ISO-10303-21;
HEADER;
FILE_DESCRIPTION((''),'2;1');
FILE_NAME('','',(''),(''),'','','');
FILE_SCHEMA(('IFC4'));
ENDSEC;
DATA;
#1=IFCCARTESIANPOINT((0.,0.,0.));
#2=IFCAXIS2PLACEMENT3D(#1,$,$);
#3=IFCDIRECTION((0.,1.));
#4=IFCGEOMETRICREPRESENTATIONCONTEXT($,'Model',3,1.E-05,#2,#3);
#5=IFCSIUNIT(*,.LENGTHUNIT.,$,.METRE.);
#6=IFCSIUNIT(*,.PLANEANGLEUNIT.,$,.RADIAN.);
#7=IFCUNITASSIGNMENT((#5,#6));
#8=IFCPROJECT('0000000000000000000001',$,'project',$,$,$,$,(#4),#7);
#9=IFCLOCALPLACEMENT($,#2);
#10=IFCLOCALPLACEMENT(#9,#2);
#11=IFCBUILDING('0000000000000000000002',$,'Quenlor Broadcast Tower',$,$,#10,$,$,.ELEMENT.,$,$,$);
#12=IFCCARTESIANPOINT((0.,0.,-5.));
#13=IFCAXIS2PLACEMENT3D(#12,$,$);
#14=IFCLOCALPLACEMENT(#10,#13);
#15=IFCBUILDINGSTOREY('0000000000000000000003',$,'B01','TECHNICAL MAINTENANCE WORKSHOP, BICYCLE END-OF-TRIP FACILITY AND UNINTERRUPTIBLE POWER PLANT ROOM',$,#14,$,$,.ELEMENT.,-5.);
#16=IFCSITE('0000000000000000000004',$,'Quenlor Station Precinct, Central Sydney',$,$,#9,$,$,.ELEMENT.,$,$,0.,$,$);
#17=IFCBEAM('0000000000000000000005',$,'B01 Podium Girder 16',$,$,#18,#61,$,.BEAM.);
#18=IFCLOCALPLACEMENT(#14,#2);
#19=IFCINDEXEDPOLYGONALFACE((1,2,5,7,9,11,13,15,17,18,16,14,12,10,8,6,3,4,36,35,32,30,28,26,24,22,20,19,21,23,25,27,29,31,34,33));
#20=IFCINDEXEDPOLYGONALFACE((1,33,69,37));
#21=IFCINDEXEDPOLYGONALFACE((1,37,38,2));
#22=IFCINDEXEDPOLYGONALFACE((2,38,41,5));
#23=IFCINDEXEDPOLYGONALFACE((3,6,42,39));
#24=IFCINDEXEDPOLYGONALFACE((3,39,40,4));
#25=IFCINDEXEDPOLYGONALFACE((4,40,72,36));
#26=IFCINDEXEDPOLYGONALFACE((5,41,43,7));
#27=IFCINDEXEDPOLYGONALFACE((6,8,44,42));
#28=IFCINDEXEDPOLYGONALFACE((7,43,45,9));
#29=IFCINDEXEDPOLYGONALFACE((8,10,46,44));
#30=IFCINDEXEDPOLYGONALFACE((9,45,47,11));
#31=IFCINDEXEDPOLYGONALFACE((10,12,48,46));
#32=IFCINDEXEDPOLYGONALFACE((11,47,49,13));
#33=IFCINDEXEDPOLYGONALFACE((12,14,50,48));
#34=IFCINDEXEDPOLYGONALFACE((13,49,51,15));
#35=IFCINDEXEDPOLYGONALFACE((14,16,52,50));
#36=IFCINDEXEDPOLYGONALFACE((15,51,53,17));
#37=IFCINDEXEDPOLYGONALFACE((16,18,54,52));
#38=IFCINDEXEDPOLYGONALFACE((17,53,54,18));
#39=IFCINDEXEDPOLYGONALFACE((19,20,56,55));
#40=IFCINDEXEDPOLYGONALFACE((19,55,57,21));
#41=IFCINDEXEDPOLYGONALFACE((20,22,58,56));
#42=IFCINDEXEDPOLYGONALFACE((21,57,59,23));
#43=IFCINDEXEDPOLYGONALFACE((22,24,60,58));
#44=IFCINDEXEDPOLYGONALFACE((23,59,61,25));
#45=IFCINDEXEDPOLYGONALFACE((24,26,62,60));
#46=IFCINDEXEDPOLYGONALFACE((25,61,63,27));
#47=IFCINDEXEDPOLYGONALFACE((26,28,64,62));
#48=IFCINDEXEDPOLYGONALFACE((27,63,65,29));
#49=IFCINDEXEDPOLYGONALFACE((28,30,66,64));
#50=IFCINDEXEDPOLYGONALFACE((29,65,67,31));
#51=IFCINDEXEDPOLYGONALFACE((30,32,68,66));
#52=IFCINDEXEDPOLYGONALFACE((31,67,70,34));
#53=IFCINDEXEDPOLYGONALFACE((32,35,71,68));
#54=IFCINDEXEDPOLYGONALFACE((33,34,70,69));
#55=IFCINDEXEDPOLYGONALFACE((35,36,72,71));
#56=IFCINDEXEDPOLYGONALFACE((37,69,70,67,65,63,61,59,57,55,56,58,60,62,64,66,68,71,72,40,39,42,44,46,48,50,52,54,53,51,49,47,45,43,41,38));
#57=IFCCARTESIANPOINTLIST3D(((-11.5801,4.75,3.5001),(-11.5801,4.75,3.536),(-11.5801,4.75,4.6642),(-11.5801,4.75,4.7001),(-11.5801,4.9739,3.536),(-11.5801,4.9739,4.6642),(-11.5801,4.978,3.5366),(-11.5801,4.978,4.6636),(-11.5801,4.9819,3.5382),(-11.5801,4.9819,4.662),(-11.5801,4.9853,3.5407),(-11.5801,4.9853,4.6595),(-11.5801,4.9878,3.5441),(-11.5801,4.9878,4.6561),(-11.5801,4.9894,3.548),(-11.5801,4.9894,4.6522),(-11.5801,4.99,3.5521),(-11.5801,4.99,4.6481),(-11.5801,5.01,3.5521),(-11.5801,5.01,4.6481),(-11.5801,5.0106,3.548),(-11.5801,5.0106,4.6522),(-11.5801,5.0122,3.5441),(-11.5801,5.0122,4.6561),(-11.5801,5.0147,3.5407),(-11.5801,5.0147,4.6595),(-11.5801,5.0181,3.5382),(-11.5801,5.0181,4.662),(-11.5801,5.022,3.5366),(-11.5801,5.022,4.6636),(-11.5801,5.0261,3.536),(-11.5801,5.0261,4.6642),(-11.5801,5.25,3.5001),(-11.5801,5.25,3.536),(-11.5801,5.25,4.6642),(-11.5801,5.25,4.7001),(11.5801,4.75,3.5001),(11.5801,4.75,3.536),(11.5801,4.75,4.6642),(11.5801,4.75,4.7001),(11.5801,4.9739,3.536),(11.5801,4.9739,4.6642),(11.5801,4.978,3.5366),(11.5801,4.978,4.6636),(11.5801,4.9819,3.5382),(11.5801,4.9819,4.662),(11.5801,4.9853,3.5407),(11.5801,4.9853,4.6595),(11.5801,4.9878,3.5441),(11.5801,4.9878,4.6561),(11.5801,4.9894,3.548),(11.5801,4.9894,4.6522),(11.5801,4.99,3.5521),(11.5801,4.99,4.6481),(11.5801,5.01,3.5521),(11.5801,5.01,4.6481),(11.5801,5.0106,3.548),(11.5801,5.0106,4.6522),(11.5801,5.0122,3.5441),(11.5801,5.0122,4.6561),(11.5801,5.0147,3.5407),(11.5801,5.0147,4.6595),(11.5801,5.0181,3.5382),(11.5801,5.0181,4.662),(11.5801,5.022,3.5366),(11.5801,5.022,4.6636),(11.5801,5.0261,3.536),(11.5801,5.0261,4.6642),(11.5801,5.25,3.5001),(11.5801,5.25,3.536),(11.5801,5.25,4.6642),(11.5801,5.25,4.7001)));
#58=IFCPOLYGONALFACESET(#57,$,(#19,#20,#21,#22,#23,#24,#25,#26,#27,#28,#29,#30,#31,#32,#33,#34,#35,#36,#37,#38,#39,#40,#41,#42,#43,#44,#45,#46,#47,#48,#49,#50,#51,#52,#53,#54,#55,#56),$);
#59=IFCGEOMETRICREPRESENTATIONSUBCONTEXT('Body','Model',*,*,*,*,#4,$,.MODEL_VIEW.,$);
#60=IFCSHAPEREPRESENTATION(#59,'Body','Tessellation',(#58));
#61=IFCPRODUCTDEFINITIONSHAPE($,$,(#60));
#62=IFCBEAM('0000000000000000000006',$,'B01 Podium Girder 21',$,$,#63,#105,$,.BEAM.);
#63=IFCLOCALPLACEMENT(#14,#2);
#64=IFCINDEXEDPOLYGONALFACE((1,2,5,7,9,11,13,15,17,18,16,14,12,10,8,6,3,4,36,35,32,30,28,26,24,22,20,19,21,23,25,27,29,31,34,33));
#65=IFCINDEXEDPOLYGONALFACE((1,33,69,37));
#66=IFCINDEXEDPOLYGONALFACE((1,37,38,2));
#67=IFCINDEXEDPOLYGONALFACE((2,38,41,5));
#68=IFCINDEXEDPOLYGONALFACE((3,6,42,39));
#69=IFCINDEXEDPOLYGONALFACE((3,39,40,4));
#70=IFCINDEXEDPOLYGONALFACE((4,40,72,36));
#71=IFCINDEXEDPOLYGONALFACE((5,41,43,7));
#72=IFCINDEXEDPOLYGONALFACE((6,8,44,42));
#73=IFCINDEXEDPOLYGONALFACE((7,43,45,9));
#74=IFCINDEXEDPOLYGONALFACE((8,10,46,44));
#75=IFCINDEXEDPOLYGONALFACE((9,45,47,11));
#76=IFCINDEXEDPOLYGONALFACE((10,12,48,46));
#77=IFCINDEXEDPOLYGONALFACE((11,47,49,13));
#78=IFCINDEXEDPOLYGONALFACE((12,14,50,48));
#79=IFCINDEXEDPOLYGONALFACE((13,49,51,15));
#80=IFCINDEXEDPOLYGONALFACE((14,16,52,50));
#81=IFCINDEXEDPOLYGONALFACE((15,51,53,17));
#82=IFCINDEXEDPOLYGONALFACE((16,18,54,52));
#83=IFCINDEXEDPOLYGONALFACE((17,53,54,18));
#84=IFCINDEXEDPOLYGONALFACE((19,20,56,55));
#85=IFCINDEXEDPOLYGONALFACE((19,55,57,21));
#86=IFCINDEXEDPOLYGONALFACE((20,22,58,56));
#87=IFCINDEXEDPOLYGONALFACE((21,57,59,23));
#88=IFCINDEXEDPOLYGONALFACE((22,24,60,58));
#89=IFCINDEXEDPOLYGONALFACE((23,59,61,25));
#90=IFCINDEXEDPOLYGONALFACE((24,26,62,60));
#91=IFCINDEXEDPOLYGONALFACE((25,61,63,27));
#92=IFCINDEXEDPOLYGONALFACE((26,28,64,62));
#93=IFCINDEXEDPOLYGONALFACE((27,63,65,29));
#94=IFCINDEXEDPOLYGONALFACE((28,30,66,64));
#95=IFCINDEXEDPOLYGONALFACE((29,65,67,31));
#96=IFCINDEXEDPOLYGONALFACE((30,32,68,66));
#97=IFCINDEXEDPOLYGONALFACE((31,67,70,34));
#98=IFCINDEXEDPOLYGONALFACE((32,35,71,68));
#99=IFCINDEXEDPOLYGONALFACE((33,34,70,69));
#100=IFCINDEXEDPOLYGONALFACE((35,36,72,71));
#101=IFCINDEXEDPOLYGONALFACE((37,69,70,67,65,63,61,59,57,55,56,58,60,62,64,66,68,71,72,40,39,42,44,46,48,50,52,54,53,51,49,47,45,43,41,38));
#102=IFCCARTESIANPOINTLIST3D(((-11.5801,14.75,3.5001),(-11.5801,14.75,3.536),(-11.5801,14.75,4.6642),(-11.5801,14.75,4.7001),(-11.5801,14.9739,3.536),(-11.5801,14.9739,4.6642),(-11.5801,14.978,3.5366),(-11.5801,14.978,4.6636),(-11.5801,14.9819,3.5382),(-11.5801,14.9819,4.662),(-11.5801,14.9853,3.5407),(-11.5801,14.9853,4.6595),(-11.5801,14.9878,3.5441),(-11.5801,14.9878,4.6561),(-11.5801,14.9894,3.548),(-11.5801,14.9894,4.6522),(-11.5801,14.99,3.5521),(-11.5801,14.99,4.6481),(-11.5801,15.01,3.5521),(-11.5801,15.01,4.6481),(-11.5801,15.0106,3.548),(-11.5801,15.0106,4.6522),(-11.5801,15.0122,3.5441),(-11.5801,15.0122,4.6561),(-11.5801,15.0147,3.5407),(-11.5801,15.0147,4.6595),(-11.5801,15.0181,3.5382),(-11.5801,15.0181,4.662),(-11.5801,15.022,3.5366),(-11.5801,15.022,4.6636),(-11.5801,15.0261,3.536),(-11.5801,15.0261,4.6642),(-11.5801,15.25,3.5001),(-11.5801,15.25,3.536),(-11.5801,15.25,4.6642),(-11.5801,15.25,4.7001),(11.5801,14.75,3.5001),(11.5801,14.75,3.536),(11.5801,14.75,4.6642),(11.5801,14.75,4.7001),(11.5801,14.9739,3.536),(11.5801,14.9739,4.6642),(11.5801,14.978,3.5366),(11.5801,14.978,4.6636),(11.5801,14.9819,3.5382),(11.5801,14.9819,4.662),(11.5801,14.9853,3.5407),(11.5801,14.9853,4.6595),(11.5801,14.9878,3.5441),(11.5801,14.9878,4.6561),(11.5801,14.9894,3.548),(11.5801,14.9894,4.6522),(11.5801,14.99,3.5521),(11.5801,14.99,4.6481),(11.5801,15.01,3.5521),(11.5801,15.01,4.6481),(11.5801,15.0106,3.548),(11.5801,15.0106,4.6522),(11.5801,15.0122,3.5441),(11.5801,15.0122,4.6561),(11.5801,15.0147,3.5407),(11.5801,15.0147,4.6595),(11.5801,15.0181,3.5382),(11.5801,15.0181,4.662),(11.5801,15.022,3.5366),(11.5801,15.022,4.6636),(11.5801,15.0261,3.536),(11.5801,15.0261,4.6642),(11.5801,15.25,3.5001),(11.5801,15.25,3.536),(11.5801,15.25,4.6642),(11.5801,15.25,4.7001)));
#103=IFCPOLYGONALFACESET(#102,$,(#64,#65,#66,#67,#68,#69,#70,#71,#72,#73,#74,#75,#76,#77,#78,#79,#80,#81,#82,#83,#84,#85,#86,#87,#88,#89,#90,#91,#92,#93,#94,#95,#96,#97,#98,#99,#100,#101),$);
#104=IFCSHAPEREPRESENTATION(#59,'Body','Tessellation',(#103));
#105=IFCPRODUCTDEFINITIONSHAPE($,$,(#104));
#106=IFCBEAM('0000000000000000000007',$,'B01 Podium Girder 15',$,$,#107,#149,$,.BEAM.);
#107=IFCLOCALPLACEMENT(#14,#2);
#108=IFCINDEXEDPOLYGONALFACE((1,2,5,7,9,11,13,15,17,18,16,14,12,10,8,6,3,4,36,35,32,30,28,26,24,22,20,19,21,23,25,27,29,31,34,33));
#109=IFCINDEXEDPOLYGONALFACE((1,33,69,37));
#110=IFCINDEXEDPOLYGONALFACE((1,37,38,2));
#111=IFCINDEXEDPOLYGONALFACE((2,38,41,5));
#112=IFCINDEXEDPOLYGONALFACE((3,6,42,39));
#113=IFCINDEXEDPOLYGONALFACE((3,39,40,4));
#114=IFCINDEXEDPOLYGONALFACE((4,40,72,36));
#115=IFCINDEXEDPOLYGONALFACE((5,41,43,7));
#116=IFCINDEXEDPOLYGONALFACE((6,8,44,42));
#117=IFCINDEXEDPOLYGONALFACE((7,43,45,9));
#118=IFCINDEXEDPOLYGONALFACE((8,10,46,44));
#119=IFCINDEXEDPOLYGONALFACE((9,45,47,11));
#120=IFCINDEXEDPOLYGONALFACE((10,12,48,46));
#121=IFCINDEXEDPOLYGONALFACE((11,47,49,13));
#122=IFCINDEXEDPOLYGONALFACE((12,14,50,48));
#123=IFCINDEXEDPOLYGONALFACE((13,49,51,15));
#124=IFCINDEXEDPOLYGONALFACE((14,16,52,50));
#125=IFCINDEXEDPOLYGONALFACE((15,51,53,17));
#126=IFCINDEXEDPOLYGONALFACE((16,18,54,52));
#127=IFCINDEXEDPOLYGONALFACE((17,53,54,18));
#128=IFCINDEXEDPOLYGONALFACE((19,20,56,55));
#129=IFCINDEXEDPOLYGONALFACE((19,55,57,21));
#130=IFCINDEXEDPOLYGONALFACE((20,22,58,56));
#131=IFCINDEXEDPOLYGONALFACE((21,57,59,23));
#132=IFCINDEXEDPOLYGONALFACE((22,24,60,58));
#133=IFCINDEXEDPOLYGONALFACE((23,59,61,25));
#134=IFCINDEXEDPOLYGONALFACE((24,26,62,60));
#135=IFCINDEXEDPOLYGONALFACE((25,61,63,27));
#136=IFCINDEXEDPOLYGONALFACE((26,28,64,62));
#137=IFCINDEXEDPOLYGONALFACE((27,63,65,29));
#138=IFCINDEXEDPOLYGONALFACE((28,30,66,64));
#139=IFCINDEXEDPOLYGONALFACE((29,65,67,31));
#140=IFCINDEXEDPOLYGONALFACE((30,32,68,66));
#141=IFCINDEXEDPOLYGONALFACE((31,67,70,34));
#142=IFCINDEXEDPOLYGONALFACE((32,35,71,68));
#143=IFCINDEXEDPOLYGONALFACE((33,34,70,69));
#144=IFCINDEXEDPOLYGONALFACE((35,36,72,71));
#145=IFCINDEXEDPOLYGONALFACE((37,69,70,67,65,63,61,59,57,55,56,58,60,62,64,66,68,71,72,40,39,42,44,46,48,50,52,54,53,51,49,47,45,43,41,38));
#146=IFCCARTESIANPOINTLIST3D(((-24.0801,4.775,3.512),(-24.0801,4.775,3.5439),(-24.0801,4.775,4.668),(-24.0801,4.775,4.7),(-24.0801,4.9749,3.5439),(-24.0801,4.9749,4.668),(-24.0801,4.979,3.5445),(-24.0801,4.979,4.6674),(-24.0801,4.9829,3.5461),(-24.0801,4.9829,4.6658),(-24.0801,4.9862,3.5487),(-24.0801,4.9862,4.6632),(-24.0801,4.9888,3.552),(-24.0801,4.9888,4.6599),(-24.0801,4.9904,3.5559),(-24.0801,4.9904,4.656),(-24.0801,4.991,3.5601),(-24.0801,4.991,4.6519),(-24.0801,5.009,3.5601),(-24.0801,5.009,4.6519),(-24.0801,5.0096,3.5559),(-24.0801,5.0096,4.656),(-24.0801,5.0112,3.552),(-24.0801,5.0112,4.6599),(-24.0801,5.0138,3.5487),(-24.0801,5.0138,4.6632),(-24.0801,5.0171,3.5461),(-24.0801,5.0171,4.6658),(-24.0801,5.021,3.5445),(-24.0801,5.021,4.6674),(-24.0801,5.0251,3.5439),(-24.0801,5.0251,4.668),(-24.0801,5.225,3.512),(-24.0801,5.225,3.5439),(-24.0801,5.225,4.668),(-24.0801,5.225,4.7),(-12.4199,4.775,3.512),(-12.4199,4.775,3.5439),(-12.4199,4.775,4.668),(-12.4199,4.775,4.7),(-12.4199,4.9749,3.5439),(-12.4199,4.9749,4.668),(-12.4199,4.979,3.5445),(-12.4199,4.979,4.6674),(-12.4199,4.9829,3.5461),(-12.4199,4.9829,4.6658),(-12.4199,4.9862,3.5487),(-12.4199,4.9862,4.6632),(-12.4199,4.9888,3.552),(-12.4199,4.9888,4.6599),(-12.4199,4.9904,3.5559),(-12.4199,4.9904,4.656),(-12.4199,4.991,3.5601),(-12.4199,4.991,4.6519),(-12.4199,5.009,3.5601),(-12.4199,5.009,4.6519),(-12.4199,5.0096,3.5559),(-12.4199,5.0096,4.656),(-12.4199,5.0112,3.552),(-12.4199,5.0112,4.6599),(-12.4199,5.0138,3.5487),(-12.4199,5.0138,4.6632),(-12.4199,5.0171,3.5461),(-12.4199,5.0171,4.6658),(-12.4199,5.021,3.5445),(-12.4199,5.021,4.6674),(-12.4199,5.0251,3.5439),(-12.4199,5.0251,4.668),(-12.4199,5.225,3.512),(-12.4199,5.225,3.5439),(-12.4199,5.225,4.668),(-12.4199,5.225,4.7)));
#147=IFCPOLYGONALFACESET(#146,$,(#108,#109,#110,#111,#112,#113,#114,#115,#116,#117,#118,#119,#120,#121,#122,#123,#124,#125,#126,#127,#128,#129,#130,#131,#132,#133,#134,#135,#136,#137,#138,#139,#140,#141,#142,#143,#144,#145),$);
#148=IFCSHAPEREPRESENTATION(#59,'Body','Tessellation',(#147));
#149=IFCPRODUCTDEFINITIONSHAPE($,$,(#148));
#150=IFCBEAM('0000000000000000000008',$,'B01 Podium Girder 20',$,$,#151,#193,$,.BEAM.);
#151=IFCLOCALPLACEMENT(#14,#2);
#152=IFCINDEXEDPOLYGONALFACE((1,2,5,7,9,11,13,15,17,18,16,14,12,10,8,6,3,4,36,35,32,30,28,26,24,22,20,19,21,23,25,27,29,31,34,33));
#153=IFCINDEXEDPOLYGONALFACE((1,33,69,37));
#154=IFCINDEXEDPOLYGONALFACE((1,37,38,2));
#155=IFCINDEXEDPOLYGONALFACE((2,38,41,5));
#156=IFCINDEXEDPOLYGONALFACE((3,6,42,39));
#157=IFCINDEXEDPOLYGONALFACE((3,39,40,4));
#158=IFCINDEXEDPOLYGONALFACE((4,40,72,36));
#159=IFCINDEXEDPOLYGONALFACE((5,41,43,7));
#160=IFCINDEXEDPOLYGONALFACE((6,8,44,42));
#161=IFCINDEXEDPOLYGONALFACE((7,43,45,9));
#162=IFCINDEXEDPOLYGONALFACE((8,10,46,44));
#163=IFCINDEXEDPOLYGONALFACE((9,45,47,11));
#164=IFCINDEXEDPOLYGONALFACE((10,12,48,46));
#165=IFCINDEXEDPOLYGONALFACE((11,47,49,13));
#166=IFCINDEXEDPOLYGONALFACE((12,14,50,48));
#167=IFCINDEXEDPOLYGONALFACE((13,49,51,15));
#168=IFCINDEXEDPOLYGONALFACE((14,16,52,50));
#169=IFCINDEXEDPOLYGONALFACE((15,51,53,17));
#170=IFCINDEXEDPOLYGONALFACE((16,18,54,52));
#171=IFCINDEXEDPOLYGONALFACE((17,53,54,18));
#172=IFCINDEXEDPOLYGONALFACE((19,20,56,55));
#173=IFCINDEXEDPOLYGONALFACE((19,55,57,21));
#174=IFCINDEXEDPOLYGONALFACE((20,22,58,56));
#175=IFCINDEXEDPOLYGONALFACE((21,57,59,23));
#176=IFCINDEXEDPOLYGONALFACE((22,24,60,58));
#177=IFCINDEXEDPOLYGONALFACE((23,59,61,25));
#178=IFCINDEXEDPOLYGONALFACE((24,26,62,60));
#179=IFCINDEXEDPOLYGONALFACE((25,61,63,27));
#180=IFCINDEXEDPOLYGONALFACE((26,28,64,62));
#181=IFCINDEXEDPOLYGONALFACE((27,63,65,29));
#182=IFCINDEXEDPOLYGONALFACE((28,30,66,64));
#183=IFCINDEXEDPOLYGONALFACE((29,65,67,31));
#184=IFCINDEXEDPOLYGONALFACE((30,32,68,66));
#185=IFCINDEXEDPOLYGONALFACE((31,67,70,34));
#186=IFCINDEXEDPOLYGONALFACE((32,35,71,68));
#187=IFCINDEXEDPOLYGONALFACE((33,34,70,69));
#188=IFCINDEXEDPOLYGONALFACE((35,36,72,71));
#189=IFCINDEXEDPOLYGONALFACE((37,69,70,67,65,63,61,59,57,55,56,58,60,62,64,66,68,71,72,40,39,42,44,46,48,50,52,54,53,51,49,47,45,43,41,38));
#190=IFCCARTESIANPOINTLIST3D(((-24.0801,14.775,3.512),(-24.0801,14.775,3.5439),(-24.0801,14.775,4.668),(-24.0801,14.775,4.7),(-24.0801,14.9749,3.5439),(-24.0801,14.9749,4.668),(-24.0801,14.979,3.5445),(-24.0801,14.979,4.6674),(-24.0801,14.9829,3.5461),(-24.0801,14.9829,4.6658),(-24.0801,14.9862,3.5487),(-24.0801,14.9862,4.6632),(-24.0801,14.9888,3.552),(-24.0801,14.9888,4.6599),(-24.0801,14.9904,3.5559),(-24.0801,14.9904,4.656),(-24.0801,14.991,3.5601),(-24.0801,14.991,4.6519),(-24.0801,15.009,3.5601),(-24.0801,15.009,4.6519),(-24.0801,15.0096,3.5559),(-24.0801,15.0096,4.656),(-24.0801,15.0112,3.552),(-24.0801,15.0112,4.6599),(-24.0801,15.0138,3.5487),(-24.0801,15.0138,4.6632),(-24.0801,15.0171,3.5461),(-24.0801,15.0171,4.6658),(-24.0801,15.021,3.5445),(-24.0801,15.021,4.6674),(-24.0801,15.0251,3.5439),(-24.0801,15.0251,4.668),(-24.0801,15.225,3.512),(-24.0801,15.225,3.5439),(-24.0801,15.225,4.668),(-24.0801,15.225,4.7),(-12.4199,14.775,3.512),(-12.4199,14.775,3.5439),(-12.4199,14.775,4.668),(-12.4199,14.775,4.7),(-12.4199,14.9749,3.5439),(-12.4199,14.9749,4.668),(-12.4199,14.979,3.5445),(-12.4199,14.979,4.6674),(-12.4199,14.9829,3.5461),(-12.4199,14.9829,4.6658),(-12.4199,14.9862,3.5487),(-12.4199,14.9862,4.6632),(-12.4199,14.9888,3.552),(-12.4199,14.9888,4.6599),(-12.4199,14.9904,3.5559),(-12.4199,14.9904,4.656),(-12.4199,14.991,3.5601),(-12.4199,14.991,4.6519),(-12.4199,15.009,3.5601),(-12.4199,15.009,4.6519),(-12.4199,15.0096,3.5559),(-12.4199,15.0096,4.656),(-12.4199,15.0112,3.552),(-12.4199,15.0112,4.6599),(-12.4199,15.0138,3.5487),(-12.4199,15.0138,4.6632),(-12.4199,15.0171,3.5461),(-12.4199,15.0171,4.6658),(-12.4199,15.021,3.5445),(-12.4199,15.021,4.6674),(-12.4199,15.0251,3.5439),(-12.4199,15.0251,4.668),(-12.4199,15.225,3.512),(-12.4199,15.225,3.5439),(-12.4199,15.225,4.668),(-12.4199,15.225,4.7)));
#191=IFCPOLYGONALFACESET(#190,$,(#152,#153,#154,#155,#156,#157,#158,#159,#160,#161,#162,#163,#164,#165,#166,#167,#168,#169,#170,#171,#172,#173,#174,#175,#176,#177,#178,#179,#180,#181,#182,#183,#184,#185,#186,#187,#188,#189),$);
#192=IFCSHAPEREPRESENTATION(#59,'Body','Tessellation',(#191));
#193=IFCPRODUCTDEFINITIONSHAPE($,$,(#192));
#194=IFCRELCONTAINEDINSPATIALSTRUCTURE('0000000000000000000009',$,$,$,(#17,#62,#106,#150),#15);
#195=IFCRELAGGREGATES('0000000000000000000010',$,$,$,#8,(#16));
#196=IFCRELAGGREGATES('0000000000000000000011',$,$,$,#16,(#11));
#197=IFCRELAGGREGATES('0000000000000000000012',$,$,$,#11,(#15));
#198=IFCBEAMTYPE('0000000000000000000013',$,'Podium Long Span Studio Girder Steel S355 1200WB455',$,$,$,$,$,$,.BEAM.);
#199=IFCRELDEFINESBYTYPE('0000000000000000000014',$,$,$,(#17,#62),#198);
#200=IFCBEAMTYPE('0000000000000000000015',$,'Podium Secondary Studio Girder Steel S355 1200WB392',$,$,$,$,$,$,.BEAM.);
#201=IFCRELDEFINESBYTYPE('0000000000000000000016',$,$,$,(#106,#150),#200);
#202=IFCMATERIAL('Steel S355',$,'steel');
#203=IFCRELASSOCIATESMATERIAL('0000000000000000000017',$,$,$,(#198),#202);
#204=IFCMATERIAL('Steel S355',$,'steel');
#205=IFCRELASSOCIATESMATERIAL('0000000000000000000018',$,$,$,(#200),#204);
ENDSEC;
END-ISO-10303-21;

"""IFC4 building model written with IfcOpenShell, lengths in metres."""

from ifc_helpers import new_model, si_unit, direction, frame, origin, origin_2d, place, context, subcontext, project, spatial, i_section, extrude, material, material_profile, profile_set, type_object, element, save


model = new_model("IFC4")

# Units and contexts
model_context = context("Model", 3, precision=1e-05, world=origin(), true_north=direction((0.0, 1.0)))
body_context = subcontext(model_context, "Body", "Model", "MODEL_VIEW")
ifc_project = project(units=[si_unit("LENGTHUNIT", "METRE"), si_unit("PLANEANGLEUNIT", "RADIAN")], contexts=[model_context])

# Site, building, storey
site_placement = place(None, origin())
site = spatial("IfcSite", under=ifc_project, at=site_placement, Name="Quenlor Station Precinct, Central Sydney", CompositionType="ELEMENT", RefElevation=0.0)
building_placement = place(site_placement, origin())
building = spatial("IfcBuilding", under=site, at=building_placement, Name="Quenlor Broadcast Tower", CompositionType="ELEMENT")
storey_placement = place(building_placement, frame((0.0, 0.0, -5.0)))
storey = spatial("IfcBuildingStorey", under=building, at=storey_placement, Name="B01", Description="TECHNICAL MAINTENANCE WORKSHOP, BICYCLE END-OF-TRIP FACILITY AND UNINTERRUPTIBLE POWER PLANT ROOM", CompositionType="ELEMENT", Elevation=-5.0)

# Beams
ifc_material_1 = material(Name="Steel S355", Category="steel")
ifc_material_profile_1 = material_profile(ifc_material_1, i_section(OverallWidth=0.5, OverallDepth=1.2, WebThickness=0.02, FlangeThickness=0.0359, FilletRadius=0.0161, at=origin_2d()))
ifc_profile_set_1 = profile_set([ifc_material_profile_1], Name="Steel S355 1200WB455")
beam_type_1 = type_object("IfcBeamType", Name="Podium Long Span Studio Girder Steel S355 1200WB455", PredefinedType="BEAM", material=ifc_profile_set_1)
for number, where, z_axis, x_axis, name in (
    (1, (-11.5801, 5.0, 4.1001), (1.0, 0.0, 0.0), (0.0, 1.0, 0.0), "B01 Podium Girder 16"),
    (2, (-11.5801, 15.0, 4.1001), (1.0, 0.0, 0.0), (0.0, 1.0, 0.0), "B01 Podium Girder 21"),
):
    element("IfcBeam", number, at=place(storey_placement, frame(where, z_axis=z_axis, x_axis=x_axis)), inside=storey, type_object=beam_type_1, Name=name, PredefinedType="BEAM", context=body_context, shape_type="SweptSolid", body=[
        extrude(i_section(OverallWidth=0.5, OverallDepth=1.2, WebThickness=0.02, FlangeThickness=0.0359, FilletRadius=0.0161, at=origin_2d()), origin(), (0.0, 0.0, 1.0), 23.1602),
    ])
ifc_material_2 = material(Name="Steel S355", Category="steel")
ifc_material_profile_2 = material_profile(ifc_material_2, i_section(OverallWidth=0.45, OverallDepth=1.188, WebThickness=0.0181, FlangeThickness=0.032, FilletRadius=0.0161, at=origin_2d()))
ifc_profile_set_2 = profile_set([ifc_material_profile_2], Name="Steel S355 1200WB392")
beam_type_2 = type_object("IfcBeamType", Name="Podium Secondary Studio Girder Steel S355 1200WB392", PredefinedType="BEAM", material=ifc_profile_set_2)
for number, where, z_axis, x_axis, name in (
    (3, (-24.0801, 5.0, 4.106), (1.0, 0.0, 0.0), (0.0, 1.0, 0.0), "B01 Podium Girder 15"),
    (4, (-24.0801, 15.0, 4.106), (1.0, 0.0, 0.0), (0.0, 1.0, 0.0), "B01 Podium Girder 20"),
):
    element("IfcBeam", number, at=place(storey_placement, frame(where, z_axis=z_axis, x_axis=x_axis)), inside=storey, type_object=beam_type_2, Name=name, PredefinedType="BEAM", context=body_context, shape_type="SweptSolid", body=[
        extrude(i_section(OverallWidth=0.45, OverallDepth=1.188, WebThickness=0.0181, FlangeThickness=0.032, FilletRadius=0.0161, at=origin_2d()), origin(), (0.0, 0.0, 1.0), 11.6602),
    ])

save(model, "model.ifc")
